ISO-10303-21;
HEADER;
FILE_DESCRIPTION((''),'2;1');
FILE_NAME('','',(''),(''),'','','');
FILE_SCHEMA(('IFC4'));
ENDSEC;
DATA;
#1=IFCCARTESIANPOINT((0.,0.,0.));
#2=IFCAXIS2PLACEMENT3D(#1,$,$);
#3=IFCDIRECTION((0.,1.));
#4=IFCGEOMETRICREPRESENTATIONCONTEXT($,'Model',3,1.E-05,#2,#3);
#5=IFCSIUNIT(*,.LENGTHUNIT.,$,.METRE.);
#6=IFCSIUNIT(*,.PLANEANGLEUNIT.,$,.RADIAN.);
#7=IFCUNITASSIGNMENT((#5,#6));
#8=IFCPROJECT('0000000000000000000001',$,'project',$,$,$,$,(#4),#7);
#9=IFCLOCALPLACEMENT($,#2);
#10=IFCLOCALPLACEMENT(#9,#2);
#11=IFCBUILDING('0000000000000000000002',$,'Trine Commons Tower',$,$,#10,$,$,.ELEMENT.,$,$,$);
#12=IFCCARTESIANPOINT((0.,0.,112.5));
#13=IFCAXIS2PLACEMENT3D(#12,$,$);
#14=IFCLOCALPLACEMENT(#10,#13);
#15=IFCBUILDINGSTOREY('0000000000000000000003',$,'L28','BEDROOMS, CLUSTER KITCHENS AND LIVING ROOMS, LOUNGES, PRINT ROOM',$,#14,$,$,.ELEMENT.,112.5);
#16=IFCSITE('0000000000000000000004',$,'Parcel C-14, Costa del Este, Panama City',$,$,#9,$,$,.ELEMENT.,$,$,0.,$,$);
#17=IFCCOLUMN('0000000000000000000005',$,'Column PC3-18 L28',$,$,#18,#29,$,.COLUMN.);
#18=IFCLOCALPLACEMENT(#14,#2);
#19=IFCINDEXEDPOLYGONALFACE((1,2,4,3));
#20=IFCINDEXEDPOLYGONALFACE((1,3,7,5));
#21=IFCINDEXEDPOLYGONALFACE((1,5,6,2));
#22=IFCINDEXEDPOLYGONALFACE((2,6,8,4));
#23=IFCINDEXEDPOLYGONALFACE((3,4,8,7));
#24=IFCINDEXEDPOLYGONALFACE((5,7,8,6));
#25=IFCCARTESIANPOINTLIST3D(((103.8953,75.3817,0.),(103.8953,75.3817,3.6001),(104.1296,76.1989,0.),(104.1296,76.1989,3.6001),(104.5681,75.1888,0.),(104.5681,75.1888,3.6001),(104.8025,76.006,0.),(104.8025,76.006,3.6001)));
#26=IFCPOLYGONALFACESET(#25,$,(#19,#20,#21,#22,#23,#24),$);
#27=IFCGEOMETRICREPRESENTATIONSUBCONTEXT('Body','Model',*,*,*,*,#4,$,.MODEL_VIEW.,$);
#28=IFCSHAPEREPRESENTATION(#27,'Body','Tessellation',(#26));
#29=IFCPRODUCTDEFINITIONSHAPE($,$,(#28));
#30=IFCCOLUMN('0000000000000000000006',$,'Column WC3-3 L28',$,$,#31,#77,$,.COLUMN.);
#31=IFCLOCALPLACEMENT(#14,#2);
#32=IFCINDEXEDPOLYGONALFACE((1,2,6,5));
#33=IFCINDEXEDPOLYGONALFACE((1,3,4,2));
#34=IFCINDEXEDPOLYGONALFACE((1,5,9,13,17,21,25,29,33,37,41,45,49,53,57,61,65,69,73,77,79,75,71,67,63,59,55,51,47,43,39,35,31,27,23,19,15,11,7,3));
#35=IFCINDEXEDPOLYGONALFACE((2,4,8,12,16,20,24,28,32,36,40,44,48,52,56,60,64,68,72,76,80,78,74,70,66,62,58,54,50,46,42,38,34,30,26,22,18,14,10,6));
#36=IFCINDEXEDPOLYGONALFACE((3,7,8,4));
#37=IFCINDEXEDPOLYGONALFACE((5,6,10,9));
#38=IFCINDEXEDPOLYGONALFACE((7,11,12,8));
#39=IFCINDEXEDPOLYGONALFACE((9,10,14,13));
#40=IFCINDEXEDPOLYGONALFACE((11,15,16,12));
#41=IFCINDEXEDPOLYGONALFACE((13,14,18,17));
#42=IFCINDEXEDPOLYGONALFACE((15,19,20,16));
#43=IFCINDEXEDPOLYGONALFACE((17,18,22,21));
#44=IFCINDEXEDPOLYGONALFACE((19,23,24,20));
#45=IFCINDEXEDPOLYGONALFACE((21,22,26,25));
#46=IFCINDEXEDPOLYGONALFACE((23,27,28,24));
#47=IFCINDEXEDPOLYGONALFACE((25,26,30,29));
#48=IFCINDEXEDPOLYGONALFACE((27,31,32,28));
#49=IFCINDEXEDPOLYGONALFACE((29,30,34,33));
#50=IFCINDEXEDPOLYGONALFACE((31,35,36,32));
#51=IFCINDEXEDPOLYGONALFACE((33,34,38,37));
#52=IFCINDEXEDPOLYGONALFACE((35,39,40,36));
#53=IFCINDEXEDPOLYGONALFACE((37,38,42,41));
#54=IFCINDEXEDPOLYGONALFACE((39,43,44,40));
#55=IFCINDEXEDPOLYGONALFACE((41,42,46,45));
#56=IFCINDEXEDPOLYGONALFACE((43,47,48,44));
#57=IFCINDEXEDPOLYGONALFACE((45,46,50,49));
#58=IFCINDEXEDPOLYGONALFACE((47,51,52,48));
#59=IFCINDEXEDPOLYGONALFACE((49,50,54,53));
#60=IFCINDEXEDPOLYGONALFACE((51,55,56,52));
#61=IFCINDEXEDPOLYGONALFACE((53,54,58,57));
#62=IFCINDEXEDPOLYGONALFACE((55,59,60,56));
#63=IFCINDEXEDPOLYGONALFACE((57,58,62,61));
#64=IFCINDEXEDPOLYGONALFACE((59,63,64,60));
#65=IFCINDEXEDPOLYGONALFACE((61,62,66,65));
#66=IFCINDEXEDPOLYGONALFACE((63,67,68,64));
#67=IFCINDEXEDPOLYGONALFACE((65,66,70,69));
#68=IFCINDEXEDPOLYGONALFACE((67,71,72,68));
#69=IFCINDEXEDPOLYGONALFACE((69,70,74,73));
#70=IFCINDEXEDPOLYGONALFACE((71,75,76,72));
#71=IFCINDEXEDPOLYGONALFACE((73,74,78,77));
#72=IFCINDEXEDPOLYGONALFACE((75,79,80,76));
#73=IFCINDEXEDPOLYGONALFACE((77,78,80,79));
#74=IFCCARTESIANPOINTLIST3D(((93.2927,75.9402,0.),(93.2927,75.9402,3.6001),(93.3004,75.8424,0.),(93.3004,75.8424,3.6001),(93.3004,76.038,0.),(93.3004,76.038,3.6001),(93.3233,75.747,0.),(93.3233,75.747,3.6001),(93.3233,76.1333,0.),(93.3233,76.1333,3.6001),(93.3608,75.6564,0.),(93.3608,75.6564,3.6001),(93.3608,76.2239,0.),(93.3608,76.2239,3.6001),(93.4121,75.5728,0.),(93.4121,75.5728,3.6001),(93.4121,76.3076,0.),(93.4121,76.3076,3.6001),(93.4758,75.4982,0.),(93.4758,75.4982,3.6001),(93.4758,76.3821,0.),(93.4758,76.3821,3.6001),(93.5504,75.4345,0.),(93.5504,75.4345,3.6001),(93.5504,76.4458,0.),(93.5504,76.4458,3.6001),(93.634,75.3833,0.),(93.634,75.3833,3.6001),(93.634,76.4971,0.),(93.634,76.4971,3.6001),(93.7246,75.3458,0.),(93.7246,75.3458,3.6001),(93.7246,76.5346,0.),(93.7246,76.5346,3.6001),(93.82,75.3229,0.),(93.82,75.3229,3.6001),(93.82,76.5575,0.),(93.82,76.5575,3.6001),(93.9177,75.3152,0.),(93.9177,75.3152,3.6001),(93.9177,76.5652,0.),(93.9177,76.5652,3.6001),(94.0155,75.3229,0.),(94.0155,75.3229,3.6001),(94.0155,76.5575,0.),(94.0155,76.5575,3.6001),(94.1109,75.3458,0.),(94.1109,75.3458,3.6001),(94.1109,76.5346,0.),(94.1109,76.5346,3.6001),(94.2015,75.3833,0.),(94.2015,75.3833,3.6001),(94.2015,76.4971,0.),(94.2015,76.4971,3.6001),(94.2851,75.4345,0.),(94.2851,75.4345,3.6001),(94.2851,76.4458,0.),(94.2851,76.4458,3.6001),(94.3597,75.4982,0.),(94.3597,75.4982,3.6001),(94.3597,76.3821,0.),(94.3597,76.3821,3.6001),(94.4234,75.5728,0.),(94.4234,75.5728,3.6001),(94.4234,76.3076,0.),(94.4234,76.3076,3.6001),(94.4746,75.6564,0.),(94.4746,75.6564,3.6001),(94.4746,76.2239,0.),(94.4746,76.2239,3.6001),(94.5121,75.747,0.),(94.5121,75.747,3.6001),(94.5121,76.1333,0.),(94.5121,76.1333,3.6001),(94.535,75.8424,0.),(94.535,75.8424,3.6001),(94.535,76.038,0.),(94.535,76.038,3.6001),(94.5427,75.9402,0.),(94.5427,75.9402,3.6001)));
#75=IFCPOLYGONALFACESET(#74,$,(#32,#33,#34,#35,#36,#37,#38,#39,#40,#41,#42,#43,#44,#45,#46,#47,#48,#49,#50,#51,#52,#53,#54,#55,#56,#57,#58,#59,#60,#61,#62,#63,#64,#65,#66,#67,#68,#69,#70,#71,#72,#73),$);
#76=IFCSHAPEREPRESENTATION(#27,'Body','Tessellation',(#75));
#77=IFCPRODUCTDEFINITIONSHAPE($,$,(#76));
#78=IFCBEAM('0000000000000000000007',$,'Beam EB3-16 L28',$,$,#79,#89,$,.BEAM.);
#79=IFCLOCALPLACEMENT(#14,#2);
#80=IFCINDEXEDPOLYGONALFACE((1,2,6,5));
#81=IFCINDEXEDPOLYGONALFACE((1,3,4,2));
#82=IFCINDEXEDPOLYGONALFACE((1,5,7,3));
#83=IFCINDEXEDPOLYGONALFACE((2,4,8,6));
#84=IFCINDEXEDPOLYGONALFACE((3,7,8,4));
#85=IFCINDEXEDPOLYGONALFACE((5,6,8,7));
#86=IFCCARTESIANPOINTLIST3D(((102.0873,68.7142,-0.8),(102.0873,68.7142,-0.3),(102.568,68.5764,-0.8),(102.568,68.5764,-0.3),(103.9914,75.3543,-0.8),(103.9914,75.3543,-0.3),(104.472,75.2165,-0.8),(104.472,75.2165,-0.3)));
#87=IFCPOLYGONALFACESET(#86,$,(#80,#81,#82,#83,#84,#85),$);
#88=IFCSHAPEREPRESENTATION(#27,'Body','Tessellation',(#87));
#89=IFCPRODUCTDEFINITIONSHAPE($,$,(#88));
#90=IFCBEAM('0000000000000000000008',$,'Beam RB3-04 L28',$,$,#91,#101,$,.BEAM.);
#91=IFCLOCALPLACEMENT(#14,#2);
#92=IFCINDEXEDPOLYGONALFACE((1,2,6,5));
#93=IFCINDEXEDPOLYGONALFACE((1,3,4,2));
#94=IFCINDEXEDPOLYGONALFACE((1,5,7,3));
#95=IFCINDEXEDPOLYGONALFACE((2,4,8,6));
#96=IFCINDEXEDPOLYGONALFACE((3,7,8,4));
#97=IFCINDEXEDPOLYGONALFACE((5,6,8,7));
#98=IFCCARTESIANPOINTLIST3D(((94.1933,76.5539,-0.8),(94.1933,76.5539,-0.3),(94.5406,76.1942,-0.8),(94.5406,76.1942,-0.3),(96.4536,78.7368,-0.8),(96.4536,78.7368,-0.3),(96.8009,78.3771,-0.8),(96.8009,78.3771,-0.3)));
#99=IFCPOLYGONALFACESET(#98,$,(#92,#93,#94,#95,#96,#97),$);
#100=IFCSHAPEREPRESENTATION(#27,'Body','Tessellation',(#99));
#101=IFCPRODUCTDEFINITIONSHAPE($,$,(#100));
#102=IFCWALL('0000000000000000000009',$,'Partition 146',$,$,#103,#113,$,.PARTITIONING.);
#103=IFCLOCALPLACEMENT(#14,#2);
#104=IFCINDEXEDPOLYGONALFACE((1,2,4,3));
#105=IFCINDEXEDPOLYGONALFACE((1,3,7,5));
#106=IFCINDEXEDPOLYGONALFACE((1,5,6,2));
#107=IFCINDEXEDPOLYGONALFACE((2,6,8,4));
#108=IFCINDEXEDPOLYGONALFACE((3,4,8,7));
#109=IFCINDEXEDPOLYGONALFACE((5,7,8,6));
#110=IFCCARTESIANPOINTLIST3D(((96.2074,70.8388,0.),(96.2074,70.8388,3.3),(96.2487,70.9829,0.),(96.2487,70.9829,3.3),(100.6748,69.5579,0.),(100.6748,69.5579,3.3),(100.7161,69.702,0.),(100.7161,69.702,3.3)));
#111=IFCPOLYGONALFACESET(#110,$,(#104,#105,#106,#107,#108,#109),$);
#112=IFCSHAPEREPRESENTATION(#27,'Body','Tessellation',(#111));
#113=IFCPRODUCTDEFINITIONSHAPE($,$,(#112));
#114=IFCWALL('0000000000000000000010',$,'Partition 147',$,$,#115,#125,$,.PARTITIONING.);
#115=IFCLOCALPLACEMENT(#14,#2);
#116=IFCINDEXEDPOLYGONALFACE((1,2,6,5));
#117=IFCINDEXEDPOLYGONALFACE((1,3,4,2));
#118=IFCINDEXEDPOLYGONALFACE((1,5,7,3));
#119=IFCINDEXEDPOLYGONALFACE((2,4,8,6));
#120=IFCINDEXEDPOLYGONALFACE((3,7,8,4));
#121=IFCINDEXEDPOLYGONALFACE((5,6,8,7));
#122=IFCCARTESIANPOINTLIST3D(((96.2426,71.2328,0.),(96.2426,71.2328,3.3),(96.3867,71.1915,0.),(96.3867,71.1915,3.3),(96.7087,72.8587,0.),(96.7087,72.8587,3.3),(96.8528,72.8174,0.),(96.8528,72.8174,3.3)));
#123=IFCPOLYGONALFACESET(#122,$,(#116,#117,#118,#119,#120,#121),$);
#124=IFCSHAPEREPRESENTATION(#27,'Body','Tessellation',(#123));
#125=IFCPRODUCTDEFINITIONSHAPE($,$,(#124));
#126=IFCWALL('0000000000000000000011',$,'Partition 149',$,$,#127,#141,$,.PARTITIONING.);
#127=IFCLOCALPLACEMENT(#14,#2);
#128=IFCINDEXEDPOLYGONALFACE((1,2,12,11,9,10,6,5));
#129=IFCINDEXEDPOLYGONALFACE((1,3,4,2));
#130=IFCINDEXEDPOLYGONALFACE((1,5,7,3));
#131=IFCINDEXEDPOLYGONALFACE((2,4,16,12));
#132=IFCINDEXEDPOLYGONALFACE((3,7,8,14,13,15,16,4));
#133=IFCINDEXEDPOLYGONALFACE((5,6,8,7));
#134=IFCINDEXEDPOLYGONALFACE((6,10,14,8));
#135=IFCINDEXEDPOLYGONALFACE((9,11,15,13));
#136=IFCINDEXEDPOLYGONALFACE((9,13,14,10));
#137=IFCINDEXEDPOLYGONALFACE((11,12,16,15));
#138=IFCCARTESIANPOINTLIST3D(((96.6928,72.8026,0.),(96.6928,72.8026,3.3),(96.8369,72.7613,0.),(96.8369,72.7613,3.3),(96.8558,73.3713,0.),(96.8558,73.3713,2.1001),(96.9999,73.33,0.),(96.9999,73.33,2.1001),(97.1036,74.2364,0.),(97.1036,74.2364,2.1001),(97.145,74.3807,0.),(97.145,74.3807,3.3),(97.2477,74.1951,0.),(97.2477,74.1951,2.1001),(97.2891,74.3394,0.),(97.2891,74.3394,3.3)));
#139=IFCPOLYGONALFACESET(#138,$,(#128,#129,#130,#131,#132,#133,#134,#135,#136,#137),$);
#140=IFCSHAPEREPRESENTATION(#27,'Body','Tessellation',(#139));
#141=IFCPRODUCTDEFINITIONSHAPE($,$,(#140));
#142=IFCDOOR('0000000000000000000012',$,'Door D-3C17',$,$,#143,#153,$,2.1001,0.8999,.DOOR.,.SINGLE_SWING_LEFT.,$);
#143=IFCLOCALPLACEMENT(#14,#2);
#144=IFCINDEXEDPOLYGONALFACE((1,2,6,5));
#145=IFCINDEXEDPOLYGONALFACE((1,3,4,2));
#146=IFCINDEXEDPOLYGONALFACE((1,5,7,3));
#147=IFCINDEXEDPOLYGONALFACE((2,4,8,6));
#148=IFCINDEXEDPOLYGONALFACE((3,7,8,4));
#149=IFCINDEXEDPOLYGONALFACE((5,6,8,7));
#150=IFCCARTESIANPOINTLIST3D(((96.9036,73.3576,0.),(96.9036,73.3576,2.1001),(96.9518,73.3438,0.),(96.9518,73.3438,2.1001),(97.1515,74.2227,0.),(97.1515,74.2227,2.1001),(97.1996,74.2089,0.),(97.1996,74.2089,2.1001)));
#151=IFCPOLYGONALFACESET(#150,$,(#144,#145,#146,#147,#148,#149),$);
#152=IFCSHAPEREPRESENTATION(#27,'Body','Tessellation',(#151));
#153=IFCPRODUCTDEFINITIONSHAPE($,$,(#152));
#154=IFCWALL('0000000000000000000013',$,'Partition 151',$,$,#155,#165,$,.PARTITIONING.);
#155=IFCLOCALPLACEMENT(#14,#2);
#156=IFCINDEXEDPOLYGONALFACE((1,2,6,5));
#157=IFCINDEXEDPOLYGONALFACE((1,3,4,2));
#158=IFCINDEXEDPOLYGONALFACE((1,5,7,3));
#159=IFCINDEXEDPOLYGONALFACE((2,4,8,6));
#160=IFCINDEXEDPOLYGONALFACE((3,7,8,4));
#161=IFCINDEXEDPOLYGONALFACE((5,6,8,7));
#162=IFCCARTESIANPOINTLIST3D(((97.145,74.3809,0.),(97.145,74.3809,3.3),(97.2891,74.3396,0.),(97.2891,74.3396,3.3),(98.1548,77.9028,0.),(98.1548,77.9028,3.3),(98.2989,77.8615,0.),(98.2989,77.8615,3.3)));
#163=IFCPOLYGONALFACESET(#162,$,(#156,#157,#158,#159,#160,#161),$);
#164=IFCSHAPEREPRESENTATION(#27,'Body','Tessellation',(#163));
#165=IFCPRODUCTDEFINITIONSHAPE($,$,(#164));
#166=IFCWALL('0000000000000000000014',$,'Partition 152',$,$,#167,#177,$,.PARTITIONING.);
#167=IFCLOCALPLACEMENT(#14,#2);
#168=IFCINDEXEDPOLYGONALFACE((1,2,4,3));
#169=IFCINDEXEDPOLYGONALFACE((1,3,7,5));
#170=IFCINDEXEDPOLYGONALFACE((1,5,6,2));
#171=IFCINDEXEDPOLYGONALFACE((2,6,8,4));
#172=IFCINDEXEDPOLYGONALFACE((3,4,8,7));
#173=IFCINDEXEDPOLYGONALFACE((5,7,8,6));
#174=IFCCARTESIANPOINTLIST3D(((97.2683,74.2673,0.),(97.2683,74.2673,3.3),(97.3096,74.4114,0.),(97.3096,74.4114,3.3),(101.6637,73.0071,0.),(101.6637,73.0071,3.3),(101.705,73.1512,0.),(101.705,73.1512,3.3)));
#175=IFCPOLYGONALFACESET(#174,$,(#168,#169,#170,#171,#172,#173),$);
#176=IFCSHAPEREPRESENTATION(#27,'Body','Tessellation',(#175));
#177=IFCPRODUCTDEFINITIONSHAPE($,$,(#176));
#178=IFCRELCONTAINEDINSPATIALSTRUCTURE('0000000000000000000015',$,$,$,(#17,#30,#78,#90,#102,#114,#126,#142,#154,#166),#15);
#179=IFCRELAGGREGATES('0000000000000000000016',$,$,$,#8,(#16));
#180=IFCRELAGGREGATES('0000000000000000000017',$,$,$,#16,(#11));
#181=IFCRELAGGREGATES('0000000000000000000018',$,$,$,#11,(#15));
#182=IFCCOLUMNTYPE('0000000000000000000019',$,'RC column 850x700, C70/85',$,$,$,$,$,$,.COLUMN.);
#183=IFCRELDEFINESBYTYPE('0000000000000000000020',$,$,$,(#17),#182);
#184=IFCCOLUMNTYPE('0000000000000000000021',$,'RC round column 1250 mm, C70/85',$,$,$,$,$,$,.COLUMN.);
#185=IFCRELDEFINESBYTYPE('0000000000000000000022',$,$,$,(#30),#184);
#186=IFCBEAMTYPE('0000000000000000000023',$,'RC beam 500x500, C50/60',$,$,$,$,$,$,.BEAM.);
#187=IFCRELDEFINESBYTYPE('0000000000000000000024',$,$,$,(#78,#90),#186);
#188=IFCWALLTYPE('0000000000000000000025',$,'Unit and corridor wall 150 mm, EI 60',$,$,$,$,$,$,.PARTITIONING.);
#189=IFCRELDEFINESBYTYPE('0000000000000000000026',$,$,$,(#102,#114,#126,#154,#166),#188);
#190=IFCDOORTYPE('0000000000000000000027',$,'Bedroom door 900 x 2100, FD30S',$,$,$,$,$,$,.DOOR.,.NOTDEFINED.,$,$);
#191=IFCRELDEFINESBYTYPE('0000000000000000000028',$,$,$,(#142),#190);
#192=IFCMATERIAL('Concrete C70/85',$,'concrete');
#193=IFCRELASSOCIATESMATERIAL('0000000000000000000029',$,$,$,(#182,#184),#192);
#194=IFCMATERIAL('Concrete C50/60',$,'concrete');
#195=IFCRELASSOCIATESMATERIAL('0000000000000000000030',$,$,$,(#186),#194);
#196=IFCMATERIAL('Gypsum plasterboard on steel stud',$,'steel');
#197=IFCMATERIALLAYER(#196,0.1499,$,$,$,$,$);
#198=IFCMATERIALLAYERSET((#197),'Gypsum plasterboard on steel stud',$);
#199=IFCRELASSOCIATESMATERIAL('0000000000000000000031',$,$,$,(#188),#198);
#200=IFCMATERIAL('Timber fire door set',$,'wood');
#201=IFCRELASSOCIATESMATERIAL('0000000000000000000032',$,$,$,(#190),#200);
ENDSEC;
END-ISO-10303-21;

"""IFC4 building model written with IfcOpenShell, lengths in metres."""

from ifc_helpers import new_model, si_unit, direction, frame, frame_2d, origin, origin_2d, place, context, subcontext, project, spatial, rectangle, circle, extrude, material, layer, layer_set, material_profile, profile_set, type_object, element, fill, save


model = new_model("IFC4")

# Units and contexts
model_context = context("Model", 3, precision=1e-05, world=origin(), true_north=direction((0.0, 1.0)))
body_context = subcontext(model_context, "Body", "Model", "MODEL_VIEW")
ifc_project = project(units=[si_unit("LENGTHUNIT", "METRE"), si_unit("PLANEANGLEUNIT", "RADIAN")], contexts=[model_context])

# Site, building, storey
site_placement = place(None, origin())
site = spatial("IfcSite", under=ifc_project, at=site_placement, Name="Parcel C-14, Costa del Este, Panama City", CompositionType="ELEMENT", RefElevation=0.0)
building_placement = place(site_placement, origin())
building = spatial("IfcBuilding", under=site, at=building_placement, Name="Trine Commons Tower", CompositionType="ELEMENT")
storey_placement = place(building_placement, frame((0.0, 0.0, 112.5)))
storey = spatial("IfcBuildingStorey", under=building, at=storey_placement, Name="L28", Description="BEDROOMS, CLUSTER KITCHENS AND LIVING ROOMS, LOUNGES, PRINT ROOM", CompositionType="ELEMENT", Elevation=112.5)

# Columns
ifc_material_1 = material(Name="Concrete C70/85", Category="concrete")
ifc_material_profile_1 = material_profile(ifc_material_1, rectangle(XDim=0.8501, YDim=0.7, at=origin_2d()), Name="RC 850x700")
ifc_profile_set_1 = profile_set([ifc_material_profile_1], Name="Concrete C70/85")
column_type_1 = type_object("IfcColumnType", Name="RC column 850x700, C70/85", PredefinedType="COLUMN", material=ifc_profile_set_1)
column_1_placement = place(storey_placement, frame((104.3489, 75.6938, 0.0), z_axis=(0.0, 0.0, 1.0), x_axis=(0.275637, 0.961262, 0.0)))
element("IfcColumn", 1, at=column_1_placement, inside=storey, type_object=column_type_1, Name="Column PC3-18 L28", PredefinedType="COLUMN", context=body_context, shape_type="SweptSolid", body=[
    extrude(rectangle(XDim=0.8501, YDim=0.7, at=origin_2d()), origin(), (0.0, 0.0, 1.0), 3.6001),
])
ifc_material_profile_2 = material_profile(ifc_material_1, circle(Radius=0.625, at=origin_2d()), Name="RC round 1250")
ifc_profile_set_2 = profile_set([ifc_material_profile_2], Name="Concrete C70/85")
column_type_2 = type_object("IfcColumnType", Name="RC round column 1250 mm, C70/85", PredefinedType="COLUMN", material=ifc_profile_set_2)
column_2_placement = place(storey_placement, frame((93.9177, 75.9402, 0.0), z_axis=(0.0, 0.0, 1.0), x_axis=(1.0, 0.0, 0.0)))
element("IfcColumn", 2, at=column_2_placement, inside=storey, type_object=column_type_2, Name="Column WC3-3 L28", PredefinedType="COLUMN", context=body_context, shape_type="SweptSolid", body=[
    extrude(circle(Radius=0.625, at=origin_2d()), origin(), (0.0, 0.0, 1.0), 3.6001),
])

# Beams
ifc_material_2 = material(Name="Concrete C50/60", Category="concrete")
ifc_material_profile_3 = material_profile(ifc_material_2, rectangle(XDim=0.5, YDim=0.5, at=origin_2d()), Name="RC 500x500")
ifc_profile_set_3 = profile_set([ifc_material_profile_3], Name="Concrete C50/60")
beam_type = type_object("IfcBeamType", Name="RC beam 500x500, C50/60", PredefinedType="BEAM", material=ifc_profile_set_3)
beam_1_placement = place(storey_placement, frame((104.2317, 75.2854, -0.55), z_axis=(-0.275641, -0.961261, 0.0), x_axis=(0.961261, -0.275641, 0.0)))
element("IfcBeam", 3, at=beam_1_placement, inside=storey, type_object=beam_type, Name="Beam EB3-16 L28", PredefinedType="BEAM", context=body_context, shape_type="SweptSolid", body=[
    extrude(rectangle(XDim=0.5, YDim=0.5, at=origin_2d()), origin(), (0.0, 0.0, 1.0), 6.9077),
])
beam_2_placement = place(storey_placement, frame((94.3669, 76.374, -0.55), z_axis=(0.719314, 0.694685, 0.0), x_axis=(-0.694685, 0.719314, 0.0)))
element("IfcBeam", 4, at=beam_2_placement, inside=storey, type_object=beam_type, Name="Beam RB3-04 L28", PredefinedType="BEAM", context=body_context, shape_type="SweptSolid", body=[
    extrude(rectangle(XDim=0.5, YDim=0.5, at=origin_2d()), origin(), (0.0, 0.0, 1.0), 3.1423),
])

# Walls
ifc_material_3 = material(Name="Gypsum plasterboard on steel stud", Category="steel")
ifc_layer_1 = layer(ifc_material_3, 0.1499)
ifc_layer_set_1 = layer_set([ifc_layer_1], Name="Gypsum plasterboard on steel stud")
wall_type_1 = type_object("IfcWallType", Name="Unit and corridor wall 150 mm, EI 60", PredefinedType="PARTITIONING", material=ifc_layer_set_1)
wall_1_placement = place(storey_placement, frame((96.228, 70.9109, 0.0), z_axis=(0.0, 0.0, 1.0), x_axis=(0.961264, -0.27563, 0.0)))
element("IfcWall", 5, at=wall_1_placement, inside=storey, type_object=wall_type_1, Name="Partition 146", PredefinedType="PARTITIONING", context=body_context, shape_type="SweptSolid", body=[
    extrude(rectangle(XDim=4.6475, YDim=0.1499, at=frame_2d((2.3237, 0.0))), origin(), (0.0, 0.0, 1.0), 3.3),
])
wall_2_placement = place(storey_placement, frame((96.3147, 71.2122, 0.0), z_axis=(0.0, 0.0, 1.0), x_axis=(0.275541, 0.961289, 0.0)))
element("IfcWall", 6, at=wall_2_placement, inside=storey, type_object=wall_type_1, Name="Partition 147", PredefinedType="PARTITIONING", context=body_context, shape_type="SweptSolid", body=[
    extrude(rectangle(XDim=1.6914, YDim=0.1499, at=frame_2d((0.8457, 0.0))), origin(), (0.0, 0.0, 1.0), 3.3),
])

# Wall, opening, door
wall_3_placement = place(storey_placement, frame((96.7649, 72.782, 0.0), z_axis=(0.0, 0.0, 1.0), x_axis=(0.275428, 0.961322, 0.0)))
wall_3 = element("IfcWall", 7, at=wall_3_placement, inside=storey, type_object=wall_type_1, Name="Partition 149", PredefinedType="PARTITIONING", context=body_context, shape_type="SweptSolid", body=[
    extrude(rectangle(XDim=1.6416, YDim=0.1499, at=frame_2d((0.8208, 0.0))), origin(), (0.0, 0.0, 1.0), 3.3),
])
opening_1_placement = place(wall_3_placement, frame((0.5916, 0.0, 0.0)))
opening_1 = element("IfcOpeningElement", 8, at=opening_1_placement, cuts=wall_3, PredefinedType="OPENING", context=body_context, shape_type="SweptSolid", body=[
    extrude(rectangle(XDim=0.8999, YDim=2.1001, at=frame_2d((0.45, 1.05))), frame((0.0, 0.085, 0.0), z_axis=(0.0, -1.0, 0.0), x_axis=(1.0, 0.0, 0.0)), (0.0, 0.0, 1.0), 0.1699),
])
ifc_material_4 = material(Name="Timber fire door set", Category="wood")
door_type_1 = type_object("IfcDoorType", Name="Bedroom door 900 x 2100, FD30S", OperationType="NOTDEFINED", PredefinedType="DOOR", material=ifc_material_4)
door_1_placement = place(opening_1_placement, frame((0.8999, 0.0, 0.0), z_axis=(0.0, 0.0, 1.0), x_axis=(-1.0, 0.0, 0.0)))
door_1 = element("IfcDoor", 9, at=door_1_placement, inside=storey, type_object=door_type_1, Name="Door D-3C17", OperationType="SINGLE_SWING_LEFT", OverallHeight=2.1001, OverallWidth=0.8999, PredefinedType="DOOR", context=body_context, shape_type="SweptSolid", body=[
    extrude(rectangle(XDim=0.8999, YDim=2.1001, at=frame_2d((0.45, 1.05))), frame((0.0, 0.0249, 0.0), z_axis=(0.0, -1.0, 0.0), x_axis=(1.0, 0.0, 0.0)), (0.0, 0.0, 1.0), 0.05),
])
fill(opening_1, door_1)

# Walls
wall_4_placement = place(storey_placement, frame((97.217, 74.3601, 0.0), z_axis=(0.0, 0.0, 1.0), x_axis=(0.275601, 0.961272, 0.0)))
element("IfcWall", 10, at=wall_4_placement, inside=storey, type_object=wall_type_1, Name="Partition 151", PredefinedType="PARTITIONING", context=body_context, shape_type="SweptSolid", body=[
    extrude(rectangle(XDim=3.6638, YDim=0.1499, at=frame_2d((1.832, 0.0))), origin(), (0.0, 0.0, 1.0), 3.3),
])
wall_5_placement = place(storey_placement, frame((97.2891, 74.3394, 0.0), z_axis=(0.0, 0.0, 1.0), x_axis=(0.96127, -0.27561, 0.0)))
element("IfcWall", 11, at=wall_5_placement, inside=storey, type_object=wall_type_1, Name="Partition 152", PredefinedType="PARTITIONING", context=body_context, shape_type="SweptSolid", body=[
    extrude(rectangle(XDim=4.5725, YDim=0.1499, at=frame_2d((2.2861, 0.0))), origin(), (0.0, 0.0, 1.0), 3.3),
])

save(model, "model.ifc")
